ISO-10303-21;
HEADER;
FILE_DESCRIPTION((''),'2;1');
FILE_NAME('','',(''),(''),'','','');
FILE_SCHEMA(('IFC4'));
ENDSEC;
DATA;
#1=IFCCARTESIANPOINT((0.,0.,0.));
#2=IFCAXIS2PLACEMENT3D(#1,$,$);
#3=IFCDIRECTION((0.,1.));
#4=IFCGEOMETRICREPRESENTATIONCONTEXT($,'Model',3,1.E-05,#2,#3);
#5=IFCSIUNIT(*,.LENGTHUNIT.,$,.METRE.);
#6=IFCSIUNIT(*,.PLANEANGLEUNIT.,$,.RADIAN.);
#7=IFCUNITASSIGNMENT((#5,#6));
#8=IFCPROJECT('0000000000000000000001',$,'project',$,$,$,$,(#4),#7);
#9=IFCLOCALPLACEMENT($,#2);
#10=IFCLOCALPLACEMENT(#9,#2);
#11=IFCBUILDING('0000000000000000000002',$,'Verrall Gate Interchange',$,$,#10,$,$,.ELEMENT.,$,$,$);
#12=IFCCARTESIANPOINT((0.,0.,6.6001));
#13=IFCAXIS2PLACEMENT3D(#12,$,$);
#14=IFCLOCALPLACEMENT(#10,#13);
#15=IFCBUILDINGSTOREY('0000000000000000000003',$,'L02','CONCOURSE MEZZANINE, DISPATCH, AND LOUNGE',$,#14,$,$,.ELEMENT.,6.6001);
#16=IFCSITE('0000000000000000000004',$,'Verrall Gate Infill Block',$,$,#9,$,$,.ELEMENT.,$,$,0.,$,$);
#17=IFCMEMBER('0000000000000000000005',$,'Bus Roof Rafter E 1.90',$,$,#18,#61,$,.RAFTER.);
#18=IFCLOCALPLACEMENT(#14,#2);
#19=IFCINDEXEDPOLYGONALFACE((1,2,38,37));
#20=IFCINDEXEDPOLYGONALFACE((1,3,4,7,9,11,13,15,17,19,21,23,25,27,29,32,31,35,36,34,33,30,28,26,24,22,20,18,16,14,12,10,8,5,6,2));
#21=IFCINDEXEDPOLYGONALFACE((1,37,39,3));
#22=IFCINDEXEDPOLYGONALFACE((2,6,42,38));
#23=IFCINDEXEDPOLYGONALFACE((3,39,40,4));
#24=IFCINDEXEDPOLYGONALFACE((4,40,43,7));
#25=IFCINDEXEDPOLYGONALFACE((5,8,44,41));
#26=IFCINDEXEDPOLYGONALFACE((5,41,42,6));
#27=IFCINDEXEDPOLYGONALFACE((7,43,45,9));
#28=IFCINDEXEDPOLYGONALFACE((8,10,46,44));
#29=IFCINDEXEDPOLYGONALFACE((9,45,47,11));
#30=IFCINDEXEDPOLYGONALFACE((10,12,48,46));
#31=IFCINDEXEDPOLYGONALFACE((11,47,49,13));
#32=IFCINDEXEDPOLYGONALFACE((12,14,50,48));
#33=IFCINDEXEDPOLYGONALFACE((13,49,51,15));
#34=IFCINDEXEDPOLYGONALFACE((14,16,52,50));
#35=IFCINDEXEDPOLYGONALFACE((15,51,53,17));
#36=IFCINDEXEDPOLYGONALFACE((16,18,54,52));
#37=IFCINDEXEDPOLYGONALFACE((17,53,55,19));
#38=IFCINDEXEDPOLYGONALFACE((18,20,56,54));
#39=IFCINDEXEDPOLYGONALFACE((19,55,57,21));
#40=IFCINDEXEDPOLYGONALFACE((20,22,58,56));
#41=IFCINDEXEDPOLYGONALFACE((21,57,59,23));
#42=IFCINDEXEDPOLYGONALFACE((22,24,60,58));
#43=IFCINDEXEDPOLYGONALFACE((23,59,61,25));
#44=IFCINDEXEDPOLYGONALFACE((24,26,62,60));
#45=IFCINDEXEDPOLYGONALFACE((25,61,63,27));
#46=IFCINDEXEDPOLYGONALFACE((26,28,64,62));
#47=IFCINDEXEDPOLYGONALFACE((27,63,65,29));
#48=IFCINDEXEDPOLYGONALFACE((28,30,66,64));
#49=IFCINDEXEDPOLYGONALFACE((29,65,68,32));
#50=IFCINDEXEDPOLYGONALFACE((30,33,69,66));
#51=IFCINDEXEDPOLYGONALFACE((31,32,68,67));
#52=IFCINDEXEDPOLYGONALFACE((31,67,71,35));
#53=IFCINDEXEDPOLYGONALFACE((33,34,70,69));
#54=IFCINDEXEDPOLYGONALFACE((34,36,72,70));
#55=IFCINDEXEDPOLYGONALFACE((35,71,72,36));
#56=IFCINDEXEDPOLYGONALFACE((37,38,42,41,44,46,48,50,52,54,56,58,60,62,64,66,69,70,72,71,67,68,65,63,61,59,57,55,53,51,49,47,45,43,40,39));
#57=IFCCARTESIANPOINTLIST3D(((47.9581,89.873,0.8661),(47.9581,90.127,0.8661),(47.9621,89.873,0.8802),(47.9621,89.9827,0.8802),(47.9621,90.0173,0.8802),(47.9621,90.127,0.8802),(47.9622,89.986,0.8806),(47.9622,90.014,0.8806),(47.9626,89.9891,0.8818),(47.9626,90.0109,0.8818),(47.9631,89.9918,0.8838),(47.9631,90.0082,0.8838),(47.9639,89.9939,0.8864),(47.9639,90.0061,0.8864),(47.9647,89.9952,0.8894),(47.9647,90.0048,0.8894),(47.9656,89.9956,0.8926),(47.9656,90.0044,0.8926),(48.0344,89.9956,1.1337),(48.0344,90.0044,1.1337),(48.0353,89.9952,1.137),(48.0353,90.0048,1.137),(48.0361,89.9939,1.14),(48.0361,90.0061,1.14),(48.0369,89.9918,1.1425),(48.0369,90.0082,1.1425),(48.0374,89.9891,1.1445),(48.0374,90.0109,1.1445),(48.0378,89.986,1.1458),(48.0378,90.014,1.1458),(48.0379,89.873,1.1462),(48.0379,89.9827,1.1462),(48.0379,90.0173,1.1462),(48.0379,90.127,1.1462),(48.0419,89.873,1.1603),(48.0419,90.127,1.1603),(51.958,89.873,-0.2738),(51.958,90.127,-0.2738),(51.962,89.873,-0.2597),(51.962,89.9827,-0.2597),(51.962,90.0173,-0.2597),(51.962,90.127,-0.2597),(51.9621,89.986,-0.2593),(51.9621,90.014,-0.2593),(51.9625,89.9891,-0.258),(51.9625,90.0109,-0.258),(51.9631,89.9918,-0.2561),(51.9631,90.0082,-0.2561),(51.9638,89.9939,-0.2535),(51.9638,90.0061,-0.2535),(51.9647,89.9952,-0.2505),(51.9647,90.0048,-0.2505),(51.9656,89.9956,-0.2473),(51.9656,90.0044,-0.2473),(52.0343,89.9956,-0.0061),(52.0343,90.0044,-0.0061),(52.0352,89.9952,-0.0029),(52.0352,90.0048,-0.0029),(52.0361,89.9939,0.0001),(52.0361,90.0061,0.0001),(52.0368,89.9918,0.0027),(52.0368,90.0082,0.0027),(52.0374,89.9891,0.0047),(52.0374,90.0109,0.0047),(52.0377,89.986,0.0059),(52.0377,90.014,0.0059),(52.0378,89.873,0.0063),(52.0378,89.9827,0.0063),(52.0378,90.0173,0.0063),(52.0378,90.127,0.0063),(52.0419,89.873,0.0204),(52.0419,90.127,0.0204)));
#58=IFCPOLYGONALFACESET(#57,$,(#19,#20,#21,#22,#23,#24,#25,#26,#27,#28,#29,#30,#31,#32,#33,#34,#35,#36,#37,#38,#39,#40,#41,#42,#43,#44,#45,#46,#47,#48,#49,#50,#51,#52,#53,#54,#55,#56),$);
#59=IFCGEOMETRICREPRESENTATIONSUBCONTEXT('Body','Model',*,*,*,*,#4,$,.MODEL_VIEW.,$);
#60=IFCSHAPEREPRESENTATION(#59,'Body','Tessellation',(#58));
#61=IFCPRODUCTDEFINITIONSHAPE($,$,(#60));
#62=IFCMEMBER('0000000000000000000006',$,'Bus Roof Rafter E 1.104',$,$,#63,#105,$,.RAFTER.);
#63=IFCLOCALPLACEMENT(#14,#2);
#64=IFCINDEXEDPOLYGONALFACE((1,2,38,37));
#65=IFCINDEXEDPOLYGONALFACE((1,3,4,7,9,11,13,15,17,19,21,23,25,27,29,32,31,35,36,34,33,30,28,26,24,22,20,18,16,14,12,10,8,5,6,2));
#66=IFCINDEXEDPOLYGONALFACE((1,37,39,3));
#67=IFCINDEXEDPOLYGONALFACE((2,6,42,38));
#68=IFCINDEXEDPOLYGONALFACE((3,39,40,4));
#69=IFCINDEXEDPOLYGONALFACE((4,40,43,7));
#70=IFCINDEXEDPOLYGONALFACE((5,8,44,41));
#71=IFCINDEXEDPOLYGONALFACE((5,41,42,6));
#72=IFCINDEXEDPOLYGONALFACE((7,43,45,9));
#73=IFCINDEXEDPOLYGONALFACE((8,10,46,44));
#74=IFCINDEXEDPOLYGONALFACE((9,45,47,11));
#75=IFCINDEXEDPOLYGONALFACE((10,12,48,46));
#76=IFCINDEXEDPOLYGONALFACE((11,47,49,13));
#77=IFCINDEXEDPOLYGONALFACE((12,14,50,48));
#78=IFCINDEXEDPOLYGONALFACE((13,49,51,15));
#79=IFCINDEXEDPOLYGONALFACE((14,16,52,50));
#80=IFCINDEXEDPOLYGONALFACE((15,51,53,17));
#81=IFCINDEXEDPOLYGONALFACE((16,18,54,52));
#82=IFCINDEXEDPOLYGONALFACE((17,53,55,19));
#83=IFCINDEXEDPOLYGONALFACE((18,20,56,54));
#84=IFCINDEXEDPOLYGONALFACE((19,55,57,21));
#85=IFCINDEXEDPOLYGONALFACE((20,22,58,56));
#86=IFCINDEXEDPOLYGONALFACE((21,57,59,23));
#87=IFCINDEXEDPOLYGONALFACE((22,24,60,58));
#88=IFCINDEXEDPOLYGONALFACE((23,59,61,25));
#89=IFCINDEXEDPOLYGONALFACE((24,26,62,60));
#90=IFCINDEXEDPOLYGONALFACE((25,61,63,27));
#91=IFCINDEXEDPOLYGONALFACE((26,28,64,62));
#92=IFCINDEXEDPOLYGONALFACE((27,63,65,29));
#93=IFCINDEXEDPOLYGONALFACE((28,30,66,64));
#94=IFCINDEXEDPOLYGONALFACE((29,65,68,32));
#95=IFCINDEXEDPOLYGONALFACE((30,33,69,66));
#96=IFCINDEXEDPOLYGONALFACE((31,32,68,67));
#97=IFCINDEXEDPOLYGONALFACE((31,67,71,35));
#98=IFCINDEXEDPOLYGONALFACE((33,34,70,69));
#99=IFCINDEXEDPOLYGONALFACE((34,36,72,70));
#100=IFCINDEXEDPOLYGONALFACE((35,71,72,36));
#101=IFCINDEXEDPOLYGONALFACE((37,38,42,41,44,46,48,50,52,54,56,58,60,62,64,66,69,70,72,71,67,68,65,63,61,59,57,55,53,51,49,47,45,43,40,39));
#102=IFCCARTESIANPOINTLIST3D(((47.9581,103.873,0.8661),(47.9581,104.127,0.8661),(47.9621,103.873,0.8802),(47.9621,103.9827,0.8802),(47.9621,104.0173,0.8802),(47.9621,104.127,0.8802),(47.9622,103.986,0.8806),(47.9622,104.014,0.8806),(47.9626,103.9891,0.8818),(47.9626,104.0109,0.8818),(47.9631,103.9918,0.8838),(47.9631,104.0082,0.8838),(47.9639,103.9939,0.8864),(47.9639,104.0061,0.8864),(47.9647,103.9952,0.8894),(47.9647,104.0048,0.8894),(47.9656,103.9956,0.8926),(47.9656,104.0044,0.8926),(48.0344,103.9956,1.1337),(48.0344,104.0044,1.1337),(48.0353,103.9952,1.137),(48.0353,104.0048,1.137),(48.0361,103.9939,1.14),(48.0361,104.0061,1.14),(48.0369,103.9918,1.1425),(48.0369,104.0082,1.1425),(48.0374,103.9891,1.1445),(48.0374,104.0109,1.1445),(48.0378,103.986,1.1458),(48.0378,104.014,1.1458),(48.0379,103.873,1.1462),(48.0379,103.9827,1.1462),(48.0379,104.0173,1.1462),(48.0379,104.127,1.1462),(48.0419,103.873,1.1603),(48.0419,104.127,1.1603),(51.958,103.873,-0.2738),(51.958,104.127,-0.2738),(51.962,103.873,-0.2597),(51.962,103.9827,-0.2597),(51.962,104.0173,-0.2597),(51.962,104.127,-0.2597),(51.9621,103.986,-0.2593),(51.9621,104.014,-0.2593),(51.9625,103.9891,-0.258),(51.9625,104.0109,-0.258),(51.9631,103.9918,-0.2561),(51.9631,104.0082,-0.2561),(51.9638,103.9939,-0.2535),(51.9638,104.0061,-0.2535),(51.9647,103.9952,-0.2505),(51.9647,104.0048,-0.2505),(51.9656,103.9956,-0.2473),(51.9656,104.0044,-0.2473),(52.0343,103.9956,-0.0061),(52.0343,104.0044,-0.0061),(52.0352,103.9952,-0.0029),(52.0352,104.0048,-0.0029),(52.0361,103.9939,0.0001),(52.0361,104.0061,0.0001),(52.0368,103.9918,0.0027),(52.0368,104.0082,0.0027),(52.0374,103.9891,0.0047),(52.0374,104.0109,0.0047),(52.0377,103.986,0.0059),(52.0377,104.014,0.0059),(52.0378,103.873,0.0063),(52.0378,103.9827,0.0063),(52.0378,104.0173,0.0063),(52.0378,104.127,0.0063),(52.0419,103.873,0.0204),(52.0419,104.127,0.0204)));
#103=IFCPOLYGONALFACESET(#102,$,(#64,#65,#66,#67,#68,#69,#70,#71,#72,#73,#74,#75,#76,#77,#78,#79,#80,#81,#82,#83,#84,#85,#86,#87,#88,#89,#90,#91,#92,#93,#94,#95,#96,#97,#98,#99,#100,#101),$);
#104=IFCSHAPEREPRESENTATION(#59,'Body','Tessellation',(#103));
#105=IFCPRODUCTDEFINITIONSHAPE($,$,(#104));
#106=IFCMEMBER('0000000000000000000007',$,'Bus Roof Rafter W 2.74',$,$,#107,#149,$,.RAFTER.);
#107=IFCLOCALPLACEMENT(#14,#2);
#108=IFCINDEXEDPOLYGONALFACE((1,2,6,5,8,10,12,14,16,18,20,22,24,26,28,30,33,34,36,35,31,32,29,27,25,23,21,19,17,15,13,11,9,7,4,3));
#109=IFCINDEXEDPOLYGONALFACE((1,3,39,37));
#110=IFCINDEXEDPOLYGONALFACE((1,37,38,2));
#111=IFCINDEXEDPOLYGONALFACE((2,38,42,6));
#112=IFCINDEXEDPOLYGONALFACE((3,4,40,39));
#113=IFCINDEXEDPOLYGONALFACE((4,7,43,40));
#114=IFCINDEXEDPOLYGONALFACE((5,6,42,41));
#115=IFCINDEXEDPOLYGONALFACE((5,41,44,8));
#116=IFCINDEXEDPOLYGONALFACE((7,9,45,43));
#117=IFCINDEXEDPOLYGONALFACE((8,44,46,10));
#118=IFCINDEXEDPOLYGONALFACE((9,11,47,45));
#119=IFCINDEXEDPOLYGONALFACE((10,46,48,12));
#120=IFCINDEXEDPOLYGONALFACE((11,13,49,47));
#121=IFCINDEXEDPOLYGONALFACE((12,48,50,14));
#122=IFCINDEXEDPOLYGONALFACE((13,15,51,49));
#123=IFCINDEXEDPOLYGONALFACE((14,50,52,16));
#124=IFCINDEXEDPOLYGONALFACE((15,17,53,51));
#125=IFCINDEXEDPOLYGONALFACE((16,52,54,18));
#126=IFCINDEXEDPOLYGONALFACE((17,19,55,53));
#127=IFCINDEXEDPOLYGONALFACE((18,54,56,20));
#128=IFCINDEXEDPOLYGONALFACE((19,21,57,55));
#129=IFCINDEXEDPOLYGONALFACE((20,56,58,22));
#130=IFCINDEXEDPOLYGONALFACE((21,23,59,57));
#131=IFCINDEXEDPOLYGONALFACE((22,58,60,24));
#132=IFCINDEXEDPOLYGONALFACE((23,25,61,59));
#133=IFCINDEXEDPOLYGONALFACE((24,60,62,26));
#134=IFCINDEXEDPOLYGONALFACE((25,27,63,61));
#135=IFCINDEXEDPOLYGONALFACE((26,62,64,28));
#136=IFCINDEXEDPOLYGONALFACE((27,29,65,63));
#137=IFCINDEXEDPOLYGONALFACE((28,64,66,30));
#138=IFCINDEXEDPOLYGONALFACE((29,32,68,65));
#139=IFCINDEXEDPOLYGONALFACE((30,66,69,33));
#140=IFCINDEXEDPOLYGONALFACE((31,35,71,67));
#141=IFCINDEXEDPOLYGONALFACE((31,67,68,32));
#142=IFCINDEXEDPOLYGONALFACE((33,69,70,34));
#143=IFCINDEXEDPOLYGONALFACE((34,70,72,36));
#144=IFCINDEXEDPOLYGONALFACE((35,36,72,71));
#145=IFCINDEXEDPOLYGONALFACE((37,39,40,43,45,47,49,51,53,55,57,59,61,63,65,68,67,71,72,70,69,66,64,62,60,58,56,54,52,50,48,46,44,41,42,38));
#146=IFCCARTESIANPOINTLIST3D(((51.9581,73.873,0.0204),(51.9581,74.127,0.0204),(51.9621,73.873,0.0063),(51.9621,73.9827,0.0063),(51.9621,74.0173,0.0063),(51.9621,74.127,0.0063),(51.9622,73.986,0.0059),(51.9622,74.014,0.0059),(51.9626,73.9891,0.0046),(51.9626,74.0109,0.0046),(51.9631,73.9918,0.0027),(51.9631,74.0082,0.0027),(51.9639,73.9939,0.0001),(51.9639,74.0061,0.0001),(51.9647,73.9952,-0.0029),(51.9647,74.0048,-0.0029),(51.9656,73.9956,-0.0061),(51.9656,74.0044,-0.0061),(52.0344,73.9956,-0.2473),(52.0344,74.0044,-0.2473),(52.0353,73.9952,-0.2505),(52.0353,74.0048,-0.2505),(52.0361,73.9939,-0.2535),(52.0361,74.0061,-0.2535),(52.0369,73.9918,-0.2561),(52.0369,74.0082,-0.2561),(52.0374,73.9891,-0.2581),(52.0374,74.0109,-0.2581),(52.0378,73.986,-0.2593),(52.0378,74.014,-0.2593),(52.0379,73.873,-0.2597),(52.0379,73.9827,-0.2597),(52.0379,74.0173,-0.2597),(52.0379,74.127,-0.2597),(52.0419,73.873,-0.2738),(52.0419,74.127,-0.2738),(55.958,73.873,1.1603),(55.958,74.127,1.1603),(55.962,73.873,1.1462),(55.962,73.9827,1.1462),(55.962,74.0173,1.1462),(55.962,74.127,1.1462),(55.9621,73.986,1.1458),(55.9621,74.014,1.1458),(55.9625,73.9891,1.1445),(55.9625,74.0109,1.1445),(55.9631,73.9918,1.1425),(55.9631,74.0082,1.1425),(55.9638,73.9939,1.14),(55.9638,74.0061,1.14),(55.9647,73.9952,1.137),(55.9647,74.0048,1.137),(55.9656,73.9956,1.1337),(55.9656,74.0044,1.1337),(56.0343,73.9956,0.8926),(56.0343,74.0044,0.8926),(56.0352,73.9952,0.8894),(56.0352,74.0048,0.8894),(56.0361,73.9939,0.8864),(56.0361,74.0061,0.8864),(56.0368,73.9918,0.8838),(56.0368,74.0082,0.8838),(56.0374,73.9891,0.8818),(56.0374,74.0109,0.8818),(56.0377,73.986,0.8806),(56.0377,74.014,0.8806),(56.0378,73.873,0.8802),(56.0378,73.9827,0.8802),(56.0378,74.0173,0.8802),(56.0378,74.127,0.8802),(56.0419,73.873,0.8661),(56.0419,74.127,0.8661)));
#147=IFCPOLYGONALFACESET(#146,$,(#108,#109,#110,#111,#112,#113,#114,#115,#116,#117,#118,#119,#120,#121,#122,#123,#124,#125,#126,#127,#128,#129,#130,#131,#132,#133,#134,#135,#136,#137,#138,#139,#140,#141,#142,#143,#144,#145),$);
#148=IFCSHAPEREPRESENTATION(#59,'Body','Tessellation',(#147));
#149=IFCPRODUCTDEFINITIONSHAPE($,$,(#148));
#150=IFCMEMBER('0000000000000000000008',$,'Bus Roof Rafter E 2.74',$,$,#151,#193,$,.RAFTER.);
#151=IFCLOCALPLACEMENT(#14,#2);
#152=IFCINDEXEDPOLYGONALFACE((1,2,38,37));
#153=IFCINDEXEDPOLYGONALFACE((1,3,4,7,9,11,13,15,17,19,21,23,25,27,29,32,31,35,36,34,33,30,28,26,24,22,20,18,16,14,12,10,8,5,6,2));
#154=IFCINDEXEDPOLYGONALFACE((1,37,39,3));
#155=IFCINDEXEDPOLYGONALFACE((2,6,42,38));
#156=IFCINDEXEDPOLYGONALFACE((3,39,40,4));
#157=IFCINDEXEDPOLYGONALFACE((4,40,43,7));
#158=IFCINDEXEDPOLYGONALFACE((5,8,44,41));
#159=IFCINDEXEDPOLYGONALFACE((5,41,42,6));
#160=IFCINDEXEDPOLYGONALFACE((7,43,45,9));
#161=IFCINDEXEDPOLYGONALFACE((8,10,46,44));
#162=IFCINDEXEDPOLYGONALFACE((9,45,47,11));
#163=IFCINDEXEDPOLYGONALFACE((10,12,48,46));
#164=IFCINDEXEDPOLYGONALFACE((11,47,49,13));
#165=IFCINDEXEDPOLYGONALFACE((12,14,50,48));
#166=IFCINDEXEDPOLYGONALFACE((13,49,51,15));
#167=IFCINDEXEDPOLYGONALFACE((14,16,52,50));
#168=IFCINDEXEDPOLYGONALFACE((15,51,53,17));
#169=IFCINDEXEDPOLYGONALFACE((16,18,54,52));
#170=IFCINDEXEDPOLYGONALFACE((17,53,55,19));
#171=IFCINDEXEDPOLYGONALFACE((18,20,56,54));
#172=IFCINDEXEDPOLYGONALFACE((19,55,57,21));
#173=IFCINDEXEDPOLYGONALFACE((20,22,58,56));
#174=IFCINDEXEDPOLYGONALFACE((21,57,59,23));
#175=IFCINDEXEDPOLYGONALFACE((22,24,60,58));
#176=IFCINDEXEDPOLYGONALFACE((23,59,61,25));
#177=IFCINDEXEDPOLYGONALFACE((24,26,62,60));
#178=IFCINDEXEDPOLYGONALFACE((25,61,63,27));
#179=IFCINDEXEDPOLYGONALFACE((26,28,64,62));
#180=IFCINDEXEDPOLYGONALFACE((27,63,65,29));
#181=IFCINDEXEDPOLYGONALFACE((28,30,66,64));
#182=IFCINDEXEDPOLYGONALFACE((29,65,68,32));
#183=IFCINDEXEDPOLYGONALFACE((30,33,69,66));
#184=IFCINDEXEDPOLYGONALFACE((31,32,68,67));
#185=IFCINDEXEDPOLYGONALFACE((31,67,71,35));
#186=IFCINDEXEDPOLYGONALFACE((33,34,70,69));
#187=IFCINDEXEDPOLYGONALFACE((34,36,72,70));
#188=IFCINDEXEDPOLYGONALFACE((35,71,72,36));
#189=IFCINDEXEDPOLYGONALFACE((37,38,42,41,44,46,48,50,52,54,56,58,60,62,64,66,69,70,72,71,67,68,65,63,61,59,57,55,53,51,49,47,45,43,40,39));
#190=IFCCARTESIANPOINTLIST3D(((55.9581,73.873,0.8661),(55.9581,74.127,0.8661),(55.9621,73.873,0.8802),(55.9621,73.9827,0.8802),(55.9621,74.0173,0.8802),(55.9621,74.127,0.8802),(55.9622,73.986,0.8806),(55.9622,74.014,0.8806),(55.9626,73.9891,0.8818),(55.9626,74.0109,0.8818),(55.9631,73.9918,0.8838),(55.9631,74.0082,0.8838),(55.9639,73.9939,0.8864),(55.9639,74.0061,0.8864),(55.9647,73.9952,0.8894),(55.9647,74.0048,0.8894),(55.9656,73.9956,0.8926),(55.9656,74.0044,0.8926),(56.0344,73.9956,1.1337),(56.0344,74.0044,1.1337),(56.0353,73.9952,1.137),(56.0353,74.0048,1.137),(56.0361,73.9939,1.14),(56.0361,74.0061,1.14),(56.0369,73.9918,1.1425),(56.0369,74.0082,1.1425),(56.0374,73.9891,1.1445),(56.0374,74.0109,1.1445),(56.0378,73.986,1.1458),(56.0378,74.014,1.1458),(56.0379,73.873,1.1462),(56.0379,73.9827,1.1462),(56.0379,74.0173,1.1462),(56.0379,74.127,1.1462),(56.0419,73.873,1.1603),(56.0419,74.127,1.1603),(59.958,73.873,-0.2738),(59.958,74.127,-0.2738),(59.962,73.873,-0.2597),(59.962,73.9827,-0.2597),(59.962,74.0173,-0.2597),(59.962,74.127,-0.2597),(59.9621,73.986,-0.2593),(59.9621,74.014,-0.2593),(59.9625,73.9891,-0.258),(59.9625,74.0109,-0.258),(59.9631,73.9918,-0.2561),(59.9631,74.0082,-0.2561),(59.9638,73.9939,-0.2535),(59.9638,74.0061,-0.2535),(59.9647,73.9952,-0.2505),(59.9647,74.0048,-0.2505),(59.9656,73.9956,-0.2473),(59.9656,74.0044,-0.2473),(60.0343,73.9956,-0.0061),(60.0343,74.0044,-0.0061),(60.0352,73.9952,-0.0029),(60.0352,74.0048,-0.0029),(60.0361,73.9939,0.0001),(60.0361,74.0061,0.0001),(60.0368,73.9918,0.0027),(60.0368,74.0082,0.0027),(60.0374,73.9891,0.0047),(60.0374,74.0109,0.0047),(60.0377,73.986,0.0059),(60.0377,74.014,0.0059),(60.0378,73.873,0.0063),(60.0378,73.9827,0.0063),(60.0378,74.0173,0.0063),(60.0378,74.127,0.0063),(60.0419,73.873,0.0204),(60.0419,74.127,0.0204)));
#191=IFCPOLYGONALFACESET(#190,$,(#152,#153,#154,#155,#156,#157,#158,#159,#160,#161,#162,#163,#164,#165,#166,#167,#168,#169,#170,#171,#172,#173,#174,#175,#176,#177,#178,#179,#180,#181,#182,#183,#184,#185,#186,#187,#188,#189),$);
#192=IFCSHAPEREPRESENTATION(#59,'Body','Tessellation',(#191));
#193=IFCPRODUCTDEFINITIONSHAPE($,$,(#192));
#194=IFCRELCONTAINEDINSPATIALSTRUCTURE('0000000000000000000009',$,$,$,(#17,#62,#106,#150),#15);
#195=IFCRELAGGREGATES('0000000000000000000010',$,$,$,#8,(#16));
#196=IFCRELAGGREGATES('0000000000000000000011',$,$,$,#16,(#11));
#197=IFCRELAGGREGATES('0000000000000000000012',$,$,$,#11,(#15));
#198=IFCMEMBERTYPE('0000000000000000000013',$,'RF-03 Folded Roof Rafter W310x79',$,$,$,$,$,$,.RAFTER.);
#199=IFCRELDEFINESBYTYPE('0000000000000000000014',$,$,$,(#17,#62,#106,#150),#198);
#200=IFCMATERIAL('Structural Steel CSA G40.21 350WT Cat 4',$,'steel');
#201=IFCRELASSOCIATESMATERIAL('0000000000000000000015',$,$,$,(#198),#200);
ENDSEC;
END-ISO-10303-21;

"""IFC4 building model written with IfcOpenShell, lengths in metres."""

from ifc_helpers import new_model, si_unit, direction, frame, origin, origin_2d, place, context, subcontext, project, spatial, i_section, extrude, material, material_profile, profile_set, type_object, element, save


model = new_model("IFC4")

# Units and contexts
model_context = context("Model", 3, precision=1e-05, world=origin(), true_north=direction((0.0, 1.0)))
body_context = subcontext(model_context, "Body", "Model", "MODEL_VIEW")
ifc_project = project(units=[si_unit("LENGTHUNIT", "METRE"), si_unit("PLANEANGLEUNIT", "RADIAN")], contexts=[model_context])

# Site, building, storey
site_placement = place(None, origin())
site = spatial("IfcSite", under=ifc_project, at=site_placement, Name="Verrall Gate Infill Block", CompositionType="ELEMENT", RefElevation=0.0)
building_placement = place(site_placement, origin())
building = spatial("IfcBuilding", under=site, at=building_placement, Name="Verrall Gate Interchange", CompositionType="ELEMENT")
storey_placement = place(building_placement, frame((0.0, 0.0, 6.6001)))
storey = spatial("IfcBuildingStorey", under=building, at=storey_placement, Name="L02", Description="CONCOURSE MEZZANINE, DISPATCH, AND LOUNGE", CompositionType="ELEMENT", Elevation=6.6001)

# Members
ifc_material_1 = material(Name="Structural Steel CSA G40.21 350WT Cat 4", Category="steel")
ifc_material_profile_1 = material_profile(ifc_material_1, i_section(OverallWidth=0.2539, OverallDepth=0.3059, WebThickness=0.0088, FlangeThickness=0.0146, FilletRadius=0.0129, at=origin_2d()), Name="W310x79")
ifc_profile_set_1 = profile_set([ifc_material_profile_1], Name="Structural Steel CSA G40.21 350WT Cat 4")
member_type_1 = type_object("IfcMemberType", Name="RF-03 Folded Roof Rafter W310x79", PredefinedType="RAFTER", material=ifc_profile_set_1)
for number, where, z_axis, x_axis, name in (
    (1, (48.0, 90.0, 1.0132), (0.961712, 0.0, -0.274062), (0.0, 1.0, 0.0), "Bus Roof Rafter E 1.90"),
    (2, (48.0, 104.0, 1.0132), (0.961712, 0.0, -0.274062), (0.0, 1.0, 0.0), "Bus Roof Rafter E 1.104"),
    (3, (52.0, 74.0, -0.1267), (0.961712, 0.0, 0.274062), (0.0, 1.0, 0.0), "Bus Roof Rafter W 2.74"),
    (4, (56.0, 74.0, 1.0132), (0.961712, 0.0, -0.274062), (0.0, 1.0, 0.0), "Bus Roof Rafter E 2.74"),
):
    element("IfcMember", number, at=place(storey_placement, frame(where, z_axis=z_axis, x_axis=x_axis)), inside=storey, type_object=member_type_1, Name=name, PredefinedType="RAFTER", context=body_context, shape_type="SweptSolid", body=[
        extrude(i_section(OverallWidth=0.2539, OverallDepth=0.3059, WebThickness=0.0088, FlangeThickness=0.0146, FilletRadius=0.0129, at=origin_2d()), origin(), (0.0, 0.0, 1.0), 4.1592),
    ])

save(model, "model.ifc")
